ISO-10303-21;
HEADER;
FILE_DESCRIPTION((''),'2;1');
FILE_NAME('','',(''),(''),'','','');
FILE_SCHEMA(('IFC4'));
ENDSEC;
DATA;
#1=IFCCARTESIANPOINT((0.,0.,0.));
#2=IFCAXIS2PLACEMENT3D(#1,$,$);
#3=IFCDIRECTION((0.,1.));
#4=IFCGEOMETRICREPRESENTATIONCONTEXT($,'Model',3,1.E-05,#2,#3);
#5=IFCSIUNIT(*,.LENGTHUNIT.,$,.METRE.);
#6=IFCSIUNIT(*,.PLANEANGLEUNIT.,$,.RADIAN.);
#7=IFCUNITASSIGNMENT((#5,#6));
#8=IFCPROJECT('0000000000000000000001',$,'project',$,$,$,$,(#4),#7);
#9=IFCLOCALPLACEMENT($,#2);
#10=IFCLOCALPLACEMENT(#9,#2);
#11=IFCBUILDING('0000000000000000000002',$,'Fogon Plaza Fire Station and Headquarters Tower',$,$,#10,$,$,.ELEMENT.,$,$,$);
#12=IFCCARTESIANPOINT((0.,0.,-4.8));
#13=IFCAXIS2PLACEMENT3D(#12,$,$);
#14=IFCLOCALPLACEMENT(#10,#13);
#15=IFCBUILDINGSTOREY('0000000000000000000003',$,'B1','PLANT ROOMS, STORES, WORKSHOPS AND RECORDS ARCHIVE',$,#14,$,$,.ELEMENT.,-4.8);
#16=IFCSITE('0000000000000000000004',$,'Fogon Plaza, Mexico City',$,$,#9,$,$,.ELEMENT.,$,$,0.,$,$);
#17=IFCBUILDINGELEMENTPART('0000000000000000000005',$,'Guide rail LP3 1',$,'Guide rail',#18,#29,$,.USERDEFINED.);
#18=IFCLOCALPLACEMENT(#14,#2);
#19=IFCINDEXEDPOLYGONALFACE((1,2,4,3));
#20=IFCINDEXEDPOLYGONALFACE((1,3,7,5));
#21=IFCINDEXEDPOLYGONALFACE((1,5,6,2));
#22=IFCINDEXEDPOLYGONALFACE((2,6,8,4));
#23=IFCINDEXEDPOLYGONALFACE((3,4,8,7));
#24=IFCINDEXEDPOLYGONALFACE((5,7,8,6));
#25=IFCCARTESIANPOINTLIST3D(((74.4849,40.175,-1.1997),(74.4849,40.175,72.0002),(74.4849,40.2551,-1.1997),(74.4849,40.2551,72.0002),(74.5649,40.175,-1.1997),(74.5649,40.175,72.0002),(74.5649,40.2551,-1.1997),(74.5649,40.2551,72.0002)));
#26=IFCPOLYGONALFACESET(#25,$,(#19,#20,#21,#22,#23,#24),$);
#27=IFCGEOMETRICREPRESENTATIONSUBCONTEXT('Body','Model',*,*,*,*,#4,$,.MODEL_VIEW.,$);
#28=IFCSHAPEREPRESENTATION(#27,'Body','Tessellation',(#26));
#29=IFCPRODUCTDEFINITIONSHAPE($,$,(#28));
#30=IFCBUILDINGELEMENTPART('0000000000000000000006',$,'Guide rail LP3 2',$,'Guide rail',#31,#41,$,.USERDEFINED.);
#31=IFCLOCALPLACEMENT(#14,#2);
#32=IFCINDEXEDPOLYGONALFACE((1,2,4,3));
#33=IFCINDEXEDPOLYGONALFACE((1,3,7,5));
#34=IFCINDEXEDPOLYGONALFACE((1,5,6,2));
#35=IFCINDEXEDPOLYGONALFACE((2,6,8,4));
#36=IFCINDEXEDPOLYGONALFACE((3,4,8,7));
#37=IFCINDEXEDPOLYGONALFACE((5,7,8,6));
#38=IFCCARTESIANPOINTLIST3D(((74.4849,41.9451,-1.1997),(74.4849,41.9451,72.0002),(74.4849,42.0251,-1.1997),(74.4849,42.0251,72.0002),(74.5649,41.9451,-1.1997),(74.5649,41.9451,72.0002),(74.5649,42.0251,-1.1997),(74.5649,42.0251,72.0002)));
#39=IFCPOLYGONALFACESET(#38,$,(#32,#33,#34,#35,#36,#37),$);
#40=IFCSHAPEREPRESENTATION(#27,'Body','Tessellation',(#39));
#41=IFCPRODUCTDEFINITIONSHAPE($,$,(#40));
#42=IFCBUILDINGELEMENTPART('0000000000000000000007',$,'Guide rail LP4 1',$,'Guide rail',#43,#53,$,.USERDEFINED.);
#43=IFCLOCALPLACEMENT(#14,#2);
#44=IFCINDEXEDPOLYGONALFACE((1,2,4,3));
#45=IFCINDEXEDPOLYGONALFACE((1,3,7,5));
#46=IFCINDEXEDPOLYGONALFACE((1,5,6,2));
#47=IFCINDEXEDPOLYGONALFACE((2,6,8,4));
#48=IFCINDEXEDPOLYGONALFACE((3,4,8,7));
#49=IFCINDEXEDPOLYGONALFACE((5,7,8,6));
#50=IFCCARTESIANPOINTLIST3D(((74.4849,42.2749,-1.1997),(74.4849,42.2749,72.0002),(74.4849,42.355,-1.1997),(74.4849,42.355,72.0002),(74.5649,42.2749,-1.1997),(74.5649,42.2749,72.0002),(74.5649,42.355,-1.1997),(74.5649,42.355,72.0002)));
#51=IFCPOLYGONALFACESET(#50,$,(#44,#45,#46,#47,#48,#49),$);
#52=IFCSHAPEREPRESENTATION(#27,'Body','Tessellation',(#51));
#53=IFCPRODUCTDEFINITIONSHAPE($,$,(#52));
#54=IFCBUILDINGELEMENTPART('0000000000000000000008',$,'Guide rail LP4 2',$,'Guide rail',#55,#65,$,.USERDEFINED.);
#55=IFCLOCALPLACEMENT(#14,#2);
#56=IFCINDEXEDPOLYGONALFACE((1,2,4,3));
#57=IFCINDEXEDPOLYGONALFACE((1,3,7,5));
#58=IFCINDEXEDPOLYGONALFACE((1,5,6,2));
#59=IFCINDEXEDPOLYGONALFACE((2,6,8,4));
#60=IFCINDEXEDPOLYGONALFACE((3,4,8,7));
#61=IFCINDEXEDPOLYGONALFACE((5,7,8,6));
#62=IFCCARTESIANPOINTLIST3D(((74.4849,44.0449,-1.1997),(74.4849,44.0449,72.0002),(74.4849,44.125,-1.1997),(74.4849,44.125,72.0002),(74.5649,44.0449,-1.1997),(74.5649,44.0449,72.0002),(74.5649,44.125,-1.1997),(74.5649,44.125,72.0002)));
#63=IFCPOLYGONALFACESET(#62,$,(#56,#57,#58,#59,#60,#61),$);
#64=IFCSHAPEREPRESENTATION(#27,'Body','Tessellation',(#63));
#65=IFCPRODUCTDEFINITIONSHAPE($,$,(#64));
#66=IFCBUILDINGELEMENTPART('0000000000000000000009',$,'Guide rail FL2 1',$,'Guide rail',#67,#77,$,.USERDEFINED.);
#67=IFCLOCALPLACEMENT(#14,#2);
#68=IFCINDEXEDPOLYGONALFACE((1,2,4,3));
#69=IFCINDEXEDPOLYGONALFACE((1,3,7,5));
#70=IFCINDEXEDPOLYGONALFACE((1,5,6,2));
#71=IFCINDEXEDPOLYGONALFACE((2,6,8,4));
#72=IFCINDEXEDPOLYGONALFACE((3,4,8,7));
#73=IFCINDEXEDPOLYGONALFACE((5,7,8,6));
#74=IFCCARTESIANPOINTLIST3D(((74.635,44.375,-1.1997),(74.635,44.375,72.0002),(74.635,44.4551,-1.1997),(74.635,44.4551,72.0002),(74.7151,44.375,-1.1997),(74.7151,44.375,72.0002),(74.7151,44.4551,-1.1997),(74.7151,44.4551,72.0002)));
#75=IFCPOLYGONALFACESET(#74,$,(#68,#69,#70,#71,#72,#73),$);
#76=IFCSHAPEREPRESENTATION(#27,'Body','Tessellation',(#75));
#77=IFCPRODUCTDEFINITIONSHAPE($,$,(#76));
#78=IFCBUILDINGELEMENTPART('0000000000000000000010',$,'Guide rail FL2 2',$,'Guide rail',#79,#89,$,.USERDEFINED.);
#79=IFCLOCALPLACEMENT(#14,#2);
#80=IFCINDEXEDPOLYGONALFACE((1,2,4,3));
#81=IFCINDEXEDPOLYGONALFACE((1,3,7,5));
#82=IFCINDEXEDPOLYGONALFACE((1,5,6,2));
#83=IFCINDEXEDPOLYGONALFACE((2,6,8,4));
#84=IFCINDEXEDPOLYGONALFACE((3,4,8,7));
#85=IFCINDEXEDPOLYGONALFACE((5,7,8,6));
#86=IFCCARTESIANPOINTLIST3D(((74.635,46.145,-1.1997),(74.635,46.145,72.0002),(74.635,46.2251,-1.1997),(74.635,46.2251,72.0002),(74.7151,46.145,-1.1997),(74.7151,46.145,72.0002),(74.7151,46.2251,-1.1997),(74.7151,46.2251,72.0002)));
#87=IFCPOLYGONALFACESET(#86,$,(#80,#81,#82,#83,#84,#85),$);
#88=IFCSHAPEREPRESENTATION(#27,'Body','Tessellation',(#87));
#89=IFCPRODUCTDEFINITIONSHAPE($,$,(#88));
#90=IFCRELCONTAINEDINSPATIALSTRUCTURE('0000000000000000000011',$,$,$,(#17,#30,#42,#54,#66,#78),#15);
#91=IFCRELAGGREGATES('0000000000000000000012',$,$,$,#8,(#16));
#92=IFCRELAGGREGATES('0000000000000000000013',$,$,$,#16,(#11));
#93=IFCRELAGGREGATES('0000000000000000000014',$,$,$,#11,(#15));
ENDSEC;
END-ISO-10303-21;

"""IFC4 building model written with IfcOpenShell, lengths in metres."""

from ifc_helpers import new_model, si_unit, direction, frame, origin, origin_2d, place, context, subcontext, project, spatial, rectangle, extrude, element, save


model = new_model("IFC4")

# Units and contexts
model_context = context("Model", 3, precision=1e-05, world=origin(), true_north=direction((0.0, 1.0)))
body_context = subcontext(model_context, "Body", "Model", "MODEL_VIEW")
ifc_project = project(units=[si_unit("LENGTHUNIT", "METRE"), si_unit("PLANEANGLEUNIT", "RADIAN")], contexts=[model_context])

# Site, building, storey
site_placement = place(None, origin())
site = spatial("IfcSite", under=ifc_project, at=site_placement, Name="Fogon Plaza, Mexico City", CompositionType="ELEMENT", RefElevation=0.0)
building_placement = place(site_placement, origin())
building = spatial("IfcBuilding", under=site, at=building_placement, Name="Fogon Plaza Fire Station and Headquarters Tower", CompositionType="ELEMENT")
storey_placement = place(building_placement, frame((0.0, 0.0, -4.8)))
storey = spatial("IfcBuildingStorey", under=building, at=storey_placement, Name="B1", Description="PLANT ROOMS, STORES, WORKSHOPS AND RECORDS ARCHIVE", CompositionType="ELEMENT", Elevation=-4.8)

# Building element parts
for number, where, z_axis, x_axis, name in (
    (1, (74.5249, 40.2151, -1.1997), (0.0, 0.0, 1.0), (1.0, 0.0, 0.0), "Guide rail LP3 1"),
    (2, (74.5249, 41.9851, -1.1997), (0.0, 0.0, 1.0), (1.0, 0.0, 0.0), "Guide rail LP3 2"),
    (3, (74.5249, 42.3149, -1.1997), (0.0, 0.0, 1.0), (1.0, 0.0, 0.0), "Guide rail LP4 1"),
    (4, (74.5249, 44.085, -1.1997), (0.0, 0.0, 1.0), (1.0, 0.0, 0.0), "Guide rail LP4 2"),
    (5, (74.675, 44.415, -1.1997), (0.0, 0.0, 1.0), (1.0, 0.0, 0.0), "Guide rail FL2 1"),
    (6, (74.675, 46.1851, -1.1997), (0.0, 0.0, 1.0), (1.0, 0.0, 0.0), "Guide rail FL2 2"),
):
    element("IfcBuildingElementPart", number, at=place(storey_placement, frame(where, z_axis=z_axis, x_axis=x_axis)), inside=storey, Name=name, ObjectType="Guide rail", PredefinedType="USERDEFINED", context=body_context, shape_type="SweptSolid", body=[
        extrude(rectangle(XDim=0.0801, YDim=0.0801, at=origin_2d()), origin(), (0.0, 0.0, 1.0), 73.2),
    ])

save(model, "model.ifc")
